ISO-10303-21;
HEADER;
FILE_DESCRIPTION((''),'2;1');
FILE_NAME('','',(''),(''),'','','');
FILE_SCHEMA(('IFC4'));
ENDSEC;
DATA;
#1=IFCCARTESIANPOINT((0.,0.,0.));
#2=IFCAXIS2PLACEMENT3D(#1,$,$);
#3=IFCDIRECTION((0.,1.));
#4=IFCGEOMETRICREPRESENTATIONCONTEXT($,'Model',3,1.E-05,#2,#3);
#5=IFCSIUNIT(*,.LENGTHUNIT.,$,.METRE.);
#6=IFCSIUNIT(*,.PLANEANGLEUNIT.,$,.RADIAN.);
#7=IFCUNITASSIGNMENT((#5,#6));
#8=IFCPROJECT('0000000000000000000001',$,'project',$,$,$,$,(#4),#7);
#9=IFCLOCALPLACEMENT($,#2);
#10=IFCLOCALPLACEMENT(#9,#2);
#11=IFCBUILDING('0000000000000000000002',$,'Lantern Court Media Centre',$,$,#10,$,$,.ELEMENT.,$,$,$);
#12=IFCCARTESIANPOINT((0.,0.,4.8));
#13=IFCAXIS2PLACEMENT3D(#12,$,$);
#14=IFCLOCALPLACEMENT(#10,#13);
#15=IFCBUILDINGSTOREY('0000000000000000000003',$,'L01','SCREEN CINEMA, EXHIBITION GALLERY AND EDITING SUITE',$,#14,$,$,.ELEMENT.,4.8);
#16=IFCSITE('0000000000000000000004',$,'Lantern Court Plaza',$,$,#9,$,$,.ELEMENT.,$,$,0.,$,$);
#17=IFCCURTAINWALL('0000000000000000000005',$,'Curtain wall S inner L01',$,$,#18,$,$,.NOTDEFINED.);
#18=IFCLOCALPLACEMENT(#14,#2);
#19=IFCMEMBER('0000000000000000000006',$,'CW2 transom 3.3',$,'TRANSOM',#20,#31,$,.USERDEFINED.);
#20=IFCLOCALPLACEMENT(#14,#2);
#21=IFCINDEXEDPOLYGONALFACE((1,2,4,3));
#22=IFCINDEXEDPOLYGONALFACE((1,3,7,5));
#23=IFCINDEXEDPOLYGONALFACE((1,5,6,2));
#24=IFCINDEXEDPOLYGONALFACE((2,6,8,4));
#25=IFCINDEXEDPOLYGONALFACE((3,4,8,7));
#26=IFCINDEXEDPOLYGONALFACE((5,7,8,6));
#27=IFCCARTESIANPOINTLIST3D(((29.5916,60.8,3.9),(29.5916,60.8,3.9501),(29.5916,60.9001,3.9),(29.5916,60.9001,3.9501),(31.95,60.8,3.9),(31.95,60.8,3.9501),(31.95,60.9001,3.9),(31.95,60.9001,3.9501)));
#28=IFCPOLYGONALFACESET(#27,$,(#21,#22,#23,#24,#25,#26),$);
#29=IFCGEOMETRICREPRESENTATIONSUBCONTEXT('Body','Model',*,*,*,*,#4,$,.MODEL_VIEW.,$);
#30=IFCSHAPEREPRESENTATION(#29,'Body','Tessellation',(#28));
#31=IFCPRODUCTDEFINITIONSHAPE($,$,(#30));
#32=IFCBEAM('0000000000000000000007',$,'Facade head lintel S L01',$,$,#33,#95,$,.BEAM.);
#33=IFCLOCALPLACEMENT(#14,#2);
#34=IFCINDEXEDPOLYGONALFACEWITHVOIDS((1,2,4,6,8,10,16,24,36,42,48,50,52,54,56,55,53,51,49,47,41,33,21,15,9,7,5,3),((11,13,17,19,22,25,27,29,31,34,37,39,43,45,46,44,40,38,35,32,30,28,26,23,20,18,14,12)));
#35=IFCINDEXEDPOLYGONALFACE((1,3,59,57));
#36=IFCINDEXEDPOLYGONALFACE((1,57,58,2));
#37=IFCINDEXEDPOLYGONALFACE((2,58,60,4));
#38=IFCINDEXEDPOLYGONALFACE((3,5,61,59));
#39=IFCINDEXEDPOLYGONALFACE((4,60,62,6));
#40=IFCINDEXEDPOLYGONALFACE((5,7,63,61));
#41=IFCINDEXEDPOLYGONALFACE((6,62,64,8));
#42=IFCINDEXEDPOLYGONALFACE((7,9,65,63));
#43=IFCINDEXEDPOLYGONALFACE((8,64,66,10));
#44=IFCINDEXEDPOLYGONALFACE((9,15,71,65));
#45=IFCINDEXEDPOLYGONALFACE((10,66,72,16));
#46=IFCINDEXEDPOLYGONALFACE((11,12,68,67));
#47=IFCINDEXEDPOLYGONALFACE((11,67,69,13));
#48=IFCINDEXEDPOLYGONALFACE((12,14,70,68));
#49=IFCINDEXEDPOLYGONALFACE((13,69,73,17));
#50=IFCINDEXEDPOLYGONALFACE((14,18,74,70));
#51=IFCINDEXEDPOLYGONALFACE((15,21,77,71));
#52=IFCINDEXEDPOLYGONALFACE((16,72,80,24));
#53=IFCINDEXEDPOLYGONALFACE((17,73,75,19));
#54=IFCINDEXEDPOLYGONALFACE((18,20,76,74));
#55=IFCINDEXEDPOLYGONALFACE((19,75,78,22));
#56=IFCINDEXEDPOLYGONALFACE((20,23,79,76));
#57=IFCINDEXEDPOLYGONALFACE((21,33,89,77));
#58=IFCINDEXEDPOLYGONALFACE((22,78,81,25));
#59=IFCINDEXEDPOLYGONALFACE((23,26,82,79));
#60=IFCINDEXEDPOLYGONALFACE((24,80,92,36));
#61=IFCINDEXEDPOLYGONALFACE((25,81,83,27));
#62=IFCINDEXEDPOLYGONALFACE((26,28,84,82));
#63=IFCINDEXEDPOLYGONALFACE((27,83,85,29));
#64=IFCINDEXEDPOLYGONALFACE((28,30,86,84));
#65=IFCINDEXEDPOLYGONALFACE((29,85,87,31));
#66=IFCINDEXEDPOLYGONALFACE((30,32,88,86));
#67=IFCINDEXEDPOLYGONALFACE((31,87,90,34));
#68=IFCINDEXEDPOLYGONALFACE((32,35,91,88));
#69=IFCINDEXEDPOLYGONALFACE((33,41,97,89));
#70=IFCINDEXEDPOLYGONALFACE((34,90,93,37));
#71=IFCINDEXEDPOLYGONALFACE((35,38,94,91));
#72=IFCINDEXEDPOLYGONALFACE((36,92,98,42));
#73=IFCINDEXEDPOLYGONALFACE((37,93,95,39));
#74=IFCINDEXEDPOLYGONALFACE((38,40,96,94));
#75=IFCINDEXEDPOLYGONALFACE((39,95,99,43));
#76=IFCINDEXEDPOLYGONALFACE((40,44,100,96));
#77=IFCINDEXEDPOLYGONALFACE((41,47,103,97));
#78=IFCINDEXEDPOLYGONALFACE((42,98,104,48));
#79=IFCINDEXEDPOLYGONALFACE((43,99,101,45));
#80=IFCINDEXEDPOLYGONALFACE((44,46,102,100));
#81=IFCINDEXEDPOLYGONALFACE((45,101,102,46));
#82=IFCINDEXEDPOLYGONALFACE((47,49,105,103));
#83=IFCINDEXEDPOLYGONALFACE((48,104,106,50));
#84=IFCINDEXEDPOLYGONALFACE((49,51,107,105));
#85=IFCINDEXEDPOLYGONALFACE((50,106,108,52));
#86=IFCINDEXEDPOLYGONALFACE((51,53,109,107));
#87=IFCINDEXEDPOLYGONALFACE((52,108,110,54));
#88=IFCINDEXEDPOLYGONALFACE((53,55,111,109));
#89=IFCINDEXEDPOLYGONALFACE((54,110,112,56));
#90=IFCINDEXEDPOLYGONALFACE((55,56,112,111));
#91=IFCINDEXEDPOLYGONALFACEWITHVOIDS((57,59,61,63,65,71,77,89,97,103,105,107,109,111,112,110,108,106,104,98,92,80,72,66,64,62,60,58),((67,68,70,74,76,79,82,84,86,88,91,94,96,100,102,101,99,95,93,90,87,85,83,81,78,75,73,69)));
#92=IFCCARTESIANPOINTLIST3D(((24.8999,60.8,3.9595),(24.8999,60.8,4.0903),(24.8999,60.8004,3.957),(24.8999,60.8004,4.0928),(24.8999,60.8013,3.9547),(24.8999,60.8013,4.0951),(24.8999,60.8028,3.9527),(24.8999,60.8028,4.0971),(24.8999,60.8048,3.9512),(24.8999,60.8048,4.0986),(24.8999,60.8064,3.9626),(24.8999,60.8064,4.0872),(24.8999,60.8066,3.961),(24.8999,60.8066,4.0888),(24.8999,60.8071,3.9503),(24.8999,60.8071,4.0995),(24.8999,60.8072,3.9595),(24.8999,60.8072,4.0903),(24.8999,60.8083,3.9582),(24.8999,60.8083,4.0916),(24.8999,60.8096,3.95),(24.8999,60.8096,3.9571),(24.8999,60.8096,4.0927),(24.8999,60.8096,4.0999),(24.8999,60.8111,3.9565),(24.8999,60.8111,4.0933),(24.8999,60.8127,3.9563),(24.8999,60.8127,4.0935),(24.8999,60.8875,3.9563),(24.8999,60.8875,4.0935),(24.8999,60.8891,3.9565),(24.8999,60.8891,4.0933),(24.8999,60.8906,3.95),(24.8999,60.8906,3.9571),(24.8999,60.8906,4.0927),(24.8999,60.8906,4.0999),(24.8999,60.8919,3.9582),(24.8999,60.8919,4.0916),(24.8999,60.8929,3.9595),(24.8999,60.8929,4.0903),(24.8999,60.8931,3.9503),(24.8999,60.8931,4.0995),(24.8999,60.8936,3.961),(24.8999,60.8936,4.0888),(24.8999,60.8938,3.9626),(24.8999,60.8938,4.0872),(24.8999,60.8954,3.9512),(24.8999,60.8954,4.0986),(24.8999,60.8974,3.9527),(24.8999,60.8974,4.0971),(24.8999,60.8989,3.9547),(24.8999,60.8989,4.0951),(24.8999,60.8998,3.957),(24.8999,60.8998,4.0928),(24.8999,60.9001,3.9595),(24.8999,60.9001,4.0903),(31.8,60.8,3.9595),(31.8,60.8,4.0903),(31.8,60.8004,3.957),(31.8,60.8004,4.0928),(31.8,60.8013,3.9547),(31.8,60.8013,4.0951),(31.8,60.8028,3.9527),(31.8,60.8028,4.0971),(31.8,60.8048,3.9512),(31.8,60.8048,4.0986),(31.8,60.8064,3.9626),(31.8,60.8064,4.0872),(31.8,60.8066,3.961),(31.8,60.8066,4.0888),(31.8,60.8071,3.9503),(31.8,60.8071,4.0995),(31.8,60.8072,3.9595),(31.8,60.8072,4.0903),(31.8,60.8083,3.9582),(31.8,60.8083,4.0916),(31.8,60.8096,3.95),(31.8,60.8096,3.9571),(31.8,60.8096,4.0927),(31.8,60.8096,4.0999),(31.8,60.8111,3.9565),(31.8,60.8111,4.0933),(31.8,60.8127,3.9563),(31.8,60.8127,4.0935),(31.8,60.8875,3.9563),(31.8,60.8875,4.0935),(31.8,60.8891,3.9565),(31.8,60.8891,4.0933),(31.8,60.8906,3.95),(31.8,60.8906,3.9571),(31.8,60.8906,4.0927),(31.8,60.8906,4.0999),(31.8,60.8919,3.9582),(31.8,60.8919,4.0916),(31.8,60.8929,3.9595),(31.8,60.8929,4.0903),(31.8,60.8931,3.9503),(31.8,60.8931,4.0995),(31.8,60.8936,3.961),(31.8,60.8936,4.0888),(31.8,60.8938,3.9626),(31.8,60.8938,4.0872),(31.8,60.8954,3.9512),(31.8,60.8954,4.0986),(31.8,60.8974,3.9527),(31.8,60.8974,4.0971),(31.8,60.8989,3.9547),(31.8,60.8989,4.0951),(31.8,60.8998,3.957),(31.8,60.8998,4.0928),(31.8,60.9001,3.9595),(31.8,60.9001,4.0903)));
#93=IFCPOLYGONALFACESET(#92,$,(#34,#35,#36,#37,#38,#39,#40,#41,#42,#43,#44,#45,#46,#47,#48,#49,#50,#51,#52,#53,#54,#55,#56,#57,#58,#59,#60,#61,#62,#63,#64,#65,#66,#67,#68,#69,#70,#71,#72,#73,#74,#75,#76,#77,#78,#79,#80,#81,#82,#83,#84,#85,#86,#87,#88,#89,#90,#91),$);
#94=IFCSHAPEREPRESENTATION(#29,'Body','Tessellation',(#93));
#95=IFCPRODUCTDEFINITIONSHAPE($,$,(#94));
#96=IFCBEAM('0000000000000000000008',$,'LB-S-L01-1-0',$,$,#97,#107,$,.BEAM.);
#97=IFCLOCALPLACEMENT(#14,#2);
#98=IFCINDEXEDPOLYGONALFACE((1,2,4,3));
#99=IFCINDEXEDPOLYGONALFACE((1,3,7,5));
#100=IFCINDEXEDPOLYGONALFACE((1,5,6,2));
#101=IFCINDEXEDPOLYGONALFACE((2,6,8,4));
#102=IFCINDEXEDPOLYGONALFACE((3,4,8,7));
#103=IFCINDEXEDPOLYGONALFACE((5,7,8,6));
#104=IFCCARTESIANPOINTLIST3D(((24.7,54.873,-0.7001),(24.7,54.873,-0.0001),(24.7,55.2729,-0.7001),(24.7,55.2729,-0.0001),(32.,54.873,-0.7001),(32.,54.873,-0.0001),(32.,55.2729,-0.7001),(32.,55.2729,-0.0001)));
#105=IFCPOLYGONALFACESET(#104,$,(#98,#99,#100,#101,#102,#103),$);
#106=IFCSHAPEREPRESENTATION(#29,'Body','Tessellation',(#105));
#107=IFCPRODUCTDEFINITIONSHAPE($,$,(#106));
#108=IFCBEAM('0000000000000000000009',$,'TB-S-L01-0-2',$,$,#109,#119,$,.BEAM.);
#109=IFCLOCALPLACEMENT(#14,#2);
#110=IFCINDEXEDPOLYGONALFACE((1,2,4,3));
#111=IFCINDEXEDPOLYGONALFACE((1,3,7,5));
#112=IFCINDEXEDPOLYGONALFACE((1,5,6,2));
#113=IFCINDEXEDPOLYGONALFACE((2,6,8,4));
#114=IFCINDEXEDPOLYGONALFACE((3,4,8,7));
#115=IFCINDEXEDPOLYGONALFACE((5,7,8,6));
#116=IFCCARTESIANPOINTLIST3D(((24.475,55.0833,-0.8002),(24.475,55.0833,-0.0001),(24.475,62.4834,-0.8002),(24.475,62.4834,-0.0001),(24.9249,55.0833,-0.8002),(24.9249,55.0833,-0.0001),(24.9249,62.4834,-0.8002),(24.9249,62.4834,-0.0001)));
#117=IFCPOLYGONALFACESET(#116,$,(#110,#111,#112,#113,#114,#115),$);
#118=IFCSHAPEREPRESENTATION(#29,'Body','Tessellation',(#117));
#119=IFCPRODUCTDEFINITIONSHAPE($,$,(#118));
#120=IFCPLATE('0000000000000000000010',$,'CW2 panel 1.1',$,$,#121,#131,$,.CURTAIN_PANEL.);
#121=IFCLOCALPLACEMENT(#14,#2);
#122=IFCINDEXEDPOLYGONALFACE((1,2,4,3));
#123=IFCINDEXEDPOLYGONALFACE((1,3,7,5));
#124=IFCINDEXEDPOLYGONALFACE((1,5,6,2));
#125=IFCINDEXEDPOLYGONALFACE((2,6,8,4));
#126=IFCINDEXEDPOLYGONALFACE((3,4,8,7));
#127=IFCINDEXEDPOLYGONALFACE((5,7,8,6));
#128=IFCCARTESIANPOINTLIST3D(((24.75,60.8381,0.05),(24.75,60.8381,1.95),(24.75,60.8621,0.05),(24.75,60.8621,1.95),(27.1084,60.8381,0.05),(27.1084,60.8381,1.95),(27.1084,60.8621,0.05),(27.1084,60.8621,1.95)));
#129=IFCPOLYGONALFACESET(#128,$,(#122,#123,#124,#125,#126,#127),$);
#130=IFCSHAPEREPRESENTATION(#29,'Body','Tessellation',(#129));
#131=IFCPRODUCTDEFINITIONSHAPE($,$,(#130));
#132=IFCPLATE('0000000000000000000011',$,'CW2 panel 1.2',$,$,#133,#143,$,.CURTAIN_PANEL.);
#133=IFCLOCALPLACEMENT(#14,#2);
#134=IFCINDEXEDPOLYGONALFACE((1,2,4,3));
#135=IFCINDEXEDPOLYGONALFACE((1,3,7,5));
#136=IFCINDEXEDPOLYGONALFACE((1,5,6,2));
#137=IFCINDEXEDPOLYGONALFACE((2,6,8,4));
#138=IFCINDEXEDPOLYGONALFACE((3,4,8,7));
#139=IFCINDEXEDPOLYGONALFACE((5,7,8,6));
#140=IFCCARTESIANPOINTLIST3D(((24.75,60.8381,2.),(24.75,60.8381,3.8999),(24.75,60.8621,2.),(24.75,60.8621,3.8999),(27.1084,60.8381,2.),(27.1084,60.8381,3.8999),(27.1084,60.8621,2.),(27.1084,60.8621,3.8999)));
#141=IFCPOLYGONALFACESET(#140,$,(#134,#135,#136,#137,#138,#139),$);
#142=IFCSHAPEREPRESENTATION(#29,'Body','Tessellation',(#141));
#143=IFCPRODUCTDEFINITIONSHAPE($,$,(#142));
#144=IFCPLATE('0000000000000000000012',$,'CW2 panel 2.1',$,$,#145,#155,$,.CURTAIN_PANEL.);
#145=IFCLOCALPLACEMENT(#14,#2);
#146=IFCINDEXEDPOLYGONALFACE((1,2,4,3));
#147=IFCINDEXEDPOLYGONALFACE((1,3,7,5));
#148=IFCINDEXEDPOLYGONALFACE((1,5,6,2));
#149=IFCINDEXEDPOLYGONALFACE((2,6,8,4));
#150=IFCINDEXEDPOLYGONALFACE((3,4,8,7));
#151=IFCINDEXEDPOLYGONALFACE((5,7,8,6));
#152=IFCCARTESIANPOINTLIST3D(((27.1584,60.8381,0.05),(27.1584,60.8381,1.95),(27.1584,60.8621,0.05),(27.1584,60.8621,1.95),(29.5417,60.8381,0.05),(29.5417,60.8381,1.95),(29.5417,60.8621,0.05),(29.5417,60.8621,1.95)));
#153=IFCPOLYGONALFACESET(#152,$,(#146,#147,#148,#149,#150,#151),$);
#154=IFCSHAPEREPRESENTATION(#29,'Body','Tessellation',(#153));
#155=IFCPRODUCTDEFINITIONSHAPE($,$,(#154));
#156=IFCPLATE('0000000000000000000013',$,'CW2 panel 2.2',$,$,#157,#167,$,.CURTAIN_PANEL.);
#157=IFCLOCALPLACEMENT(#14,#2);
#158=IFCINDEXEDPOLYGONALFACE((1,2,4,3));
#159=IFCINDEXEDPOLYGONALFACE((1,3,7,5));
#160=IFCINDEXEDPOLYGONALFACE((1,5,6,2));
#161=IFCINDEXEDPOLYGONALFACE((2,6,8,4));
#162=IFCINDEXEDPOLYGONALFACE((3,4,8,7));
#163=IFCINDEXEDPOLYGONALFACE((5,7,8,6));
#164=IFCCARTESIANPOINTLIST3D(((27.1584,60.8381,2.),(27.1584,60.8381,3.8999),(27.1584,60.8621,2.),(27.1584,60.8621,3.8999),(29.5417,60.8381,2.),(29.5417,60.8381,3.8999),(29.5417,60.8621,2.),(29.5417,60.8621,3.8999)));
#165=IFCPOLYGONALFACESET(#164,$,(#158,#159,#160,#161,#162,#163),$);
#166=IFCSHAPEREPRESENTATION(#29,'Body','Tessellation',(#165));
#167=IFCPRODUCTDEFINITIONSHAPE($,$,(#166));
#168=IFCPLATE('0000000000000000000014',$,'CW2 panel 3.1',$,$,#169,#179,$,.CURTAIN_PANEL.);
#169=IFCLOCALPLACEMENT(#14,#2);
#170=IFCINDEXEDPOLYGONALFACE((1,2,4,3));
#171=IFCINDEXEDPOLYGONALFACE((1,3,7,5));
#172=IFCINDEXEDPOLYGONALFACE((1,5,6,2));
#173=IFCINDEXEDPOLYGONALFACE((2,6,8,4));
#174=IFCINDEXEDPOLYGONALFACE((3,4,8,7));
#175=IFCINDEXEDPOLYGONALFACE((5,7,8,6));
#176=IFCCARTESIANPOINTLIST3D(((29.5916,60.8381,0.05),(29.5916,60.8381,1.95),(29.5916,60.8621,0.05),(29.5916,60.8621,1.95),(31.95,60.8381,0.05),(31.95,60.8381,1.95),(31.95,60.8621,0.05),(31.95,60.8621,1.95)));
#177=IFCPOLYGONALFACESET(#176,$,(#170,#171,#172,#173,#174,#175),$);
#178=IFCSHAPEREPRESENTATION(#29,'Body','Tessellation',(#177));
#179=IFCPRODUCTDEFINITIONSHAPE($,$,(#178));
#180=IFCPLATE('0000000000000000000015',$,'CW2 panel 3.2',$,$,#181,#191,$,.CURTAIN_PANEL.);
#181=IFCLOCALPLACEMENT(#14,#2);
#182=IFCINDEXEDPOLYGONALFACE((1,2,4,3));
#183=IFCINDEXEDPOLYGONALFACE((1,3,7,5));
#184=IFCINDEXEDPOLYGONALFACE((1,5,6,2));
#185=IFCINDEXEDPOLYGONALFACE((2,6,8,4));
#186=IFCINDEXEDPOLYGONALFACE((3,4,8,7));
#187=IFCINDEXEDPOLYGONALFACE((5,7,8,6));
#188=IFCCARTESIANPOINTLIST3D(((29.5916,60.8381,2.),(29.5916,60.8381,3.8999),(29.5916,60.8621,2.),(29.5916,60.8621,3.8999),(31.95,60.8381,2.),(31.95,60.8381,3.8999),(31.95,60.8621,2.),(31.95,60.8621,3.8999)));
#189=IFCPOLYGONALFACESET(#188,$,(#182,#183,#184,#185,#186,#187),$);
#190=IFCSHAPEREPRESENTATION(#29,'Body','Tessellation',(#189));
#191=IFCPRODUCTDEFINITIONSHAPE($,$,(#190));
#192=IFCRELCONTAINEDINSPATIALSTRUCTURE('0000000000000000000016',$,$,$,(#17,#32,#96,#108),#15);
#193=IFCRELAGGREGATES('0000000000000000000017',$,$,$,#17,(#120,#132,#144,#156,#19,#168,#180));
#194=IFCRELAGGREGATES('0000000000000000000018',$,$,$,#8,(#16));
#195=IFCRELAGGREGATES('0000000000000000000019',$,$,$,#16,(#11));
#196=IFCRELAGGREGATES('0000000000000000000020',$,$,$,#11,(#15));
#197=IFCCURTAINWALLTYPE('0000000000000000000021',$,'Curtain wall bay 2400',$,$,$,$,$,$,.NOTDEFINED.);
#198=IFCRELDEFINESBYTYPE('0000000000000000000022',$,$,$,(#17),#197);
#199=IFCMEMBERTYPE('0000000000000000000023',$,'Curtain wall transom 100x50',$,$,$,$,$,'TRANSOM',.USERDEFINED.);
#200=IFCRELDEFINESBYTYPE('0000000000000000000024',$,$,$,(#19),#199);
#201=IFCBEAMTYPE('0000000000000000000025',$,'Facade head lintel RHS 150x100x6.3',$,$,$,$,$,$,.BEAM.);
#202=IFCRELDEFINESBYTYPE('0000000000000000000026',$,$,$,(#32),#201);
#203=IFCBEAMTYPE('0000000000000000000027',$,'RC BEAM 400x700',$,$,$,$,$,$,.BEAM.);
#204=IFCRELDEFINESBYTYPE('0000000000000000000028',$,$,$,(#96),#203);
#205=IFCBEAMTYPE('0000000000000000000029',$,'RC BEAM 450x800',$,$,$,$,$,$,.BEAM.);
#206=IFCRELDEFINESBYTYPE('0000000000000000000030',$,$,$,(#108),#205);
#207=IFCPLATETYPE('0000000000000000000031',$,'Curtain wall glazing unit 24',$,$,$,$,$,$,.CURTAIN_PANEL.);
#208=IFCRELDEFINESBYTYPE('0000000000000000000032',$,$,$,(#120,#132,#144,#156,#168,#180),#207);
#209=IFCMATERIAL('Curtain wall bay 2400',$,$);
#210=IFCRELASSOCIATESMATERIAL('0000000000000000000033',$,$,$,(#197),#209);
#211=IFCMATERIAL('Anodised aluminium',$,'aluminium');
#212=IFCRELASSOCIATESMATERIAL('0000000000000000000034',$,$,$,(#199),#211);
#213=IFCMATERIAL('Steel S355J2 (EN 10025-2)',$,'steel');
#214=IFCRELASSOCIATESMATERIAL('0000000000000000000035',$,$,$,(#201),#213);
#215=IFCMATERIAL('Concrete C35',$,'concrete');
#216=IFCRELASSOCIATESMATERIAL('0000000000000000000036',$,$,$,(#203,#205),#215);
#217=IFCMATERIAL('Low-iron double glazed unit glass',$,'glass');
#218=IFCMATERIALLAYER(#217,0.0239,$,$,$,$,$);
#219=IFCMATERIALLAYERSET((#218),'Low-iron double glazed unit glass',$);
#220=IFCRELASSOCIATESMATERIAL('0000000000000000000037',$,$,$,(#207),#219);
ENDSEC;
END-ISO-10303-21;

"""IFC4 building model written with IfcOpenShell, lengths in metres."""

from ifc_helpers import new_model, si_unit, direction, frame, origin, origin_2d, place, context, subcontext, project, spatial, rectangle, hollow_rectangle, extrude, material, layer, layer_set, material_profile, profile_set, type_object, element, aggregate, save


model = new_model("IFC4")

# Units and contexts
model_context = context("Model", 3, precision=1e-05, world=origin(), true_north=direction((0.0, 1.0)))
body_context = subcontext(model_context, "Body", "Model", "MODEL_VIEW")
ifc_project = project(units=[si_unit("LENGTHUNIT", "METRE"), si_unit("PLANEANGLEUNIT", "RADIAN")], contexts=[model_context])

# Site, building, storey
site_placement = place(None, origin())
site = spatial("IfcSite", under=ifc_project, at=site_placement, Name="Lantern Court Plaza", CompositionType="ELEMENT", RefElevation=0.0)
building_placement = place(site_placement, origin())
building = spatial("IfcBuilding", under=site, at=building_placement, Name="Lantern Court Media Centre", CompositionType="ELEMENT")
storey_placement = place(building_placement, frame((0.0, 0.0, 4.8)))
storey = spatial("IfcBuildingStorey", under=building, at=storey_placement, Name="L01", Description="SCREEN CINEMA, EXHIBITION GALLERY AND EDITING SUITE", CompositionType="ELEMENT", Elevation=4.8)

# Shared definitions
ifc_material_1 = material(Name="Concrete C35", Category="concrete")

# Curtain wall, member
ifc_material_2 = material(Name="Curtain wall bay 2400")
curtain_wall_type = type_object("IfcCurtainWallType", Name="Curtain wall bay 2400", PredefinedType="NOTDEFINED", material=ifc_material_2)
curtain_wall_placement = place(storey_placement, origin())
curtain_wall = element("IfcCurtainWall", 1, at=curtain_wall_placement, inside=storey, type_object=curtain_wall_type, Name="Curtain wall S inner L01", PredefinedType="NOTDEFINED")
ifc_material_3 = material(Name="Anodised aluminium", Category="aluminium")
ifc_material_profile_1 = material_profile(ifc_material_3, rectangle(XDim=0.1001, YDim=0.05, at=origin_2d()), Name="AL 50x100")
ifc_profile_set_1 = profile_set([ifc_material_profile_1], Name="Anodised aluminium")
member_type_1 = type_object("IfcMemberType", Name="Curtain wall transom 100x50", ElementType="TRANSOM", PredefinedType="USERDEFINED", material=ifc_profile_set_1)
member_1_placement = place(storey_placement, frame((29.5916, 60.8501, 3.925), z_axis=(1.0, 0.0, 0.0), x_axis=(0.0, 1.0, 0.0)))
member_1 = element("IfcMember", 2, at=member_1_placement, type_object=member_type_1, Name="CW2 transom 3.3", ObjectType="TRANSOM", PredefinedType="USERDEFINED", context=body_context, shape_type="SweptSolid", body=[
    extrude(rectangle(XDim=0.1001, YDim=0.05, at=origin_2d()), origin(), (0.0, 0.0, 1.0), 2.3584),
])

# Beams
ifc_material_4 = material(Name="Steel S355J2 (EN 10025-2)", Category="steel")
ifc_material_profile_2 = material_profile(ifc_material_4, hollow_rectangle(XDim=0.1001, YDim=0.1499, WallThickness=0.0063, InnerFilletRadius=0.0063, OuterFilletRadius=0.0095, at=origin_2d()), Name="Facade head lintel RHS 150x100x6.3")
ifc_profile_set_2 = profile_set([ifc_material_profile_2], Name="Steel S355J2 (EN 10025-2)")
beam_type_1 = type_object("IfcBeamType", Name="Facade head lintel RHS 150x100x6.3", PredefinedType="BEAM", material=ifc_profile_set_2)
beam_1_placement = place(storey_placement, frame((24.8999, 60.8501, 4.0249), z_axis=(1.0, 0.0, 0.0), x_axis=(0.0, 1.0, 0.0)))
element("IfcBeam", 3, at=beam_1_placement, inside=storey, type_object=beam_type_1, Name="Facade head lintel S L01", PredefinedType="BEAM", context=body_context, shape_type="SweptSolid", body=[
    extrude(hollow_rectangle(XDim=0.1001, YDim=0.1499, WallThickness=0.0063, InnerFilletRadius=0.0063, OuterFilletRadius=0.0095, at=origin_2d()), origin(), (0.0, 0.0, 1.0), 6.9001),
])
ifc_material_profile_3 = material_profile(ifc_material_1, rectangle(XDim=0.3999, YDim=0.7, at=origin_2d()), Name="RC 400x700")
ifc_profile_set_3 = profile_set([ifc_material_profile_3], Name="Concrete C35")
beam_type_2 = type_object("IfcBeamType", Name="RC BEAM 400x700", PredefinedType="BEAM", material=ifc_profile_set_3)
beam_2_placement = place(storey_placement, frame((24.7, 55.073, -0.3501), z_axis=(1.0, 0.0, 0.0), x_axis=(0.0, 1.0, 0.0)))
element("IfcBeam", 4, at=beam_2_placement, inside=storey, type_object=beam_type_2, Name="LB-S-L01-1-0", PredefinedType="BEAM", context=body_context, shape_type="SweptSolid", body=[
    extrude(rectangle(XDim=0.3999, YDim=0.7, at=origin_2d()), origin(), (0.0, 0.0, 1.0), 7.3),
])
ifc_material_profile_4 = material_profile(ifc_material_1, rectangle(XDim=0.45, YDim=0.8, at=origin_2d()), Name="RC 450x800")
ifc_profile_set_4 = profile_set([ifc_material_profile_4], Name="Concrete C35")
beam_type_3 = type_object("IfcBeamType", Name="RC BEAM 450x800", PredefinedType="BEAM", material=ifc_profile_set_4)
beam_3_placement = place(storey_placement, frame((24.7, 55.0833, -0.4001), z_axis=(0.0, 1.0, 0.0), x_axis=(-1.0, 0.0, 0.0)))
element("IfcBeam", 5, at=beam_3_placement, inside=storey, type_object=beam_type_3, Name="TB-S-L01-0-2", PredefinedType="BEAM", context=body_context, shape_type="SweptSolid", body=[
    extrude(rectangle(XDim=0.45, YDim=0.8, at=origin_2d()), origin(), (0.0, 0.0, 1.0), 7.4001),
])

# Plates
ifc_material_5 = material(Name="Low-iron double glazed unit glass", Category="glass")
ifc_layer_1 = layer(ifc_material_5, 0.0239)
ifc_layer_set_1 = layer_set([ifc_layer_1], Name="Low-iron double glazed unit glass")
plate_type = type_object("IfcPlateType", Name="Curtain wall glazing unit 24", PredefinedType="CURTAIN_PANEL", material=ifc_layer_set_1)
plate_1_placement = place(storey_placement, frame((25.9292, 60.8501, 0.05), z_axis=(0.0, 0.0, 1.0), x_axis=(1.0, 0.0, 0.0)))
plate_1 = element("IfcPlate", 6, at=plate_1_placement, type_object=plate_type, Name="CW2 panel 1.1", PredefinedType="CURTAIN_PANEL", context=body_context, shape_type="SweptSolid", body=[
    extrude(rectangle(XDim=2.3584, YDim=0.0239, at=origin_2d()), origin(), (0.0, 0.0, 1.0), 1.8999),
])
plate_2_placement = place(storey_placement, frame((25.9292, 60.8501, 2.0), z_axis=(0.0, 0.0, 1.0), x_axis=(1.0, 0.0, 0.0)))
plate_2 = element("IfcPlate", 7, at=plate_2_placement, type_object=plate_type, Name="CW2 panel 1.2", PredefinedType="CURTAIN_PANEL", context=body_context, shape_type="SweptSolid", body=[
    extrude(rectangle(XDim=2.3584, YDim=0.0239, at=origin_2d()), origin(), (0.0, 0.0, 1.0), 1.8999),
])
plate_3_placement = place(storey_placement, frame((28.3501, 60.8501, 0.05), z_axis=(0.0, 0.0, 1.0), x_axis=(1.0, 0.0, 0.0)))
plate_3 = element("IfcPlate", 8, at=plate_3_placement, type_object=plate_type, Name="CW2 panel 2.1", PredefinedType="CURTAIN_PANEL", context=body_context, shape_type="SweptSolid", body=[
    extrude(rectangle(XDim=2.3833, YDim=0.0239, at=origin_2d()), origin(), (0.0, 0.0, 1.0), 1.8999),
])
plate_4_placement = place(storey_placement, frame((28.3501, 60.8501, 2.0), z_axis=(0.0, 0.0, 1.0), x_axis=(1.0, 0.0, 0.0)))
plate_4 = element("IfcPlate", 9, at=plate_4_placement, type_object=plate_type, Name="CW2 panel 2.2", PredefinedType="CURTAIN_PANEL", context=body_context, shape_type="SweptSolid", body=[
    extrude(rectangle(XDim=2.3833, YDim=0.0239, at=origin_2d()), origin(), (0.0, 0.0, 1.0), 1.8999),
])
plate_5_placement = place(storey_placement, frame((30.7708, 60.8501, 0.05), z_axis=(0.0, 0.0, 1.0), x_axis=(1.0, 0.0, 0.0)))
plate_5 = element("IfcPlate", 10, at=plate_5_placement, type_object=plate_type, Name="CW2 panel 3.1", PredefinedType="CURTAIN_PANEL", context=body_context, shape_type="SweptSolid", body=[
    extrude(rectangle(XDim=2.3584, YDim=0.0239, at=origin_2d()), origin(), (0.0, 0.0, 1.0), 1.8999),
])
plate_6_placement = place(storey_placement, frame((30.7708, 60.8501, 2.0), z_axis=(0.0, 0.0, 1.0), x_axis=(1.0, 0.0, 0.0)))
plate_6 = element("IfcPlate", 11, at=plate_6_placement, type_object=plate_type, Name="CW2 panel 3.2", PredefinedType="CURTAIN_PANEL", context=body_context, shape_type="SweptSolid", body=[
    extrude(rectangle(XDim=2.3584, YDim=0.0239, at=origin_2d()), origin(), (0.0, 0.0, 1.0), 1.8999),
])
aggregate(curtain_wall, [plate_1, plate_2, plate_3, plate_4, member_1, plate_5, plate_6])

save(model, "model.ifc")
